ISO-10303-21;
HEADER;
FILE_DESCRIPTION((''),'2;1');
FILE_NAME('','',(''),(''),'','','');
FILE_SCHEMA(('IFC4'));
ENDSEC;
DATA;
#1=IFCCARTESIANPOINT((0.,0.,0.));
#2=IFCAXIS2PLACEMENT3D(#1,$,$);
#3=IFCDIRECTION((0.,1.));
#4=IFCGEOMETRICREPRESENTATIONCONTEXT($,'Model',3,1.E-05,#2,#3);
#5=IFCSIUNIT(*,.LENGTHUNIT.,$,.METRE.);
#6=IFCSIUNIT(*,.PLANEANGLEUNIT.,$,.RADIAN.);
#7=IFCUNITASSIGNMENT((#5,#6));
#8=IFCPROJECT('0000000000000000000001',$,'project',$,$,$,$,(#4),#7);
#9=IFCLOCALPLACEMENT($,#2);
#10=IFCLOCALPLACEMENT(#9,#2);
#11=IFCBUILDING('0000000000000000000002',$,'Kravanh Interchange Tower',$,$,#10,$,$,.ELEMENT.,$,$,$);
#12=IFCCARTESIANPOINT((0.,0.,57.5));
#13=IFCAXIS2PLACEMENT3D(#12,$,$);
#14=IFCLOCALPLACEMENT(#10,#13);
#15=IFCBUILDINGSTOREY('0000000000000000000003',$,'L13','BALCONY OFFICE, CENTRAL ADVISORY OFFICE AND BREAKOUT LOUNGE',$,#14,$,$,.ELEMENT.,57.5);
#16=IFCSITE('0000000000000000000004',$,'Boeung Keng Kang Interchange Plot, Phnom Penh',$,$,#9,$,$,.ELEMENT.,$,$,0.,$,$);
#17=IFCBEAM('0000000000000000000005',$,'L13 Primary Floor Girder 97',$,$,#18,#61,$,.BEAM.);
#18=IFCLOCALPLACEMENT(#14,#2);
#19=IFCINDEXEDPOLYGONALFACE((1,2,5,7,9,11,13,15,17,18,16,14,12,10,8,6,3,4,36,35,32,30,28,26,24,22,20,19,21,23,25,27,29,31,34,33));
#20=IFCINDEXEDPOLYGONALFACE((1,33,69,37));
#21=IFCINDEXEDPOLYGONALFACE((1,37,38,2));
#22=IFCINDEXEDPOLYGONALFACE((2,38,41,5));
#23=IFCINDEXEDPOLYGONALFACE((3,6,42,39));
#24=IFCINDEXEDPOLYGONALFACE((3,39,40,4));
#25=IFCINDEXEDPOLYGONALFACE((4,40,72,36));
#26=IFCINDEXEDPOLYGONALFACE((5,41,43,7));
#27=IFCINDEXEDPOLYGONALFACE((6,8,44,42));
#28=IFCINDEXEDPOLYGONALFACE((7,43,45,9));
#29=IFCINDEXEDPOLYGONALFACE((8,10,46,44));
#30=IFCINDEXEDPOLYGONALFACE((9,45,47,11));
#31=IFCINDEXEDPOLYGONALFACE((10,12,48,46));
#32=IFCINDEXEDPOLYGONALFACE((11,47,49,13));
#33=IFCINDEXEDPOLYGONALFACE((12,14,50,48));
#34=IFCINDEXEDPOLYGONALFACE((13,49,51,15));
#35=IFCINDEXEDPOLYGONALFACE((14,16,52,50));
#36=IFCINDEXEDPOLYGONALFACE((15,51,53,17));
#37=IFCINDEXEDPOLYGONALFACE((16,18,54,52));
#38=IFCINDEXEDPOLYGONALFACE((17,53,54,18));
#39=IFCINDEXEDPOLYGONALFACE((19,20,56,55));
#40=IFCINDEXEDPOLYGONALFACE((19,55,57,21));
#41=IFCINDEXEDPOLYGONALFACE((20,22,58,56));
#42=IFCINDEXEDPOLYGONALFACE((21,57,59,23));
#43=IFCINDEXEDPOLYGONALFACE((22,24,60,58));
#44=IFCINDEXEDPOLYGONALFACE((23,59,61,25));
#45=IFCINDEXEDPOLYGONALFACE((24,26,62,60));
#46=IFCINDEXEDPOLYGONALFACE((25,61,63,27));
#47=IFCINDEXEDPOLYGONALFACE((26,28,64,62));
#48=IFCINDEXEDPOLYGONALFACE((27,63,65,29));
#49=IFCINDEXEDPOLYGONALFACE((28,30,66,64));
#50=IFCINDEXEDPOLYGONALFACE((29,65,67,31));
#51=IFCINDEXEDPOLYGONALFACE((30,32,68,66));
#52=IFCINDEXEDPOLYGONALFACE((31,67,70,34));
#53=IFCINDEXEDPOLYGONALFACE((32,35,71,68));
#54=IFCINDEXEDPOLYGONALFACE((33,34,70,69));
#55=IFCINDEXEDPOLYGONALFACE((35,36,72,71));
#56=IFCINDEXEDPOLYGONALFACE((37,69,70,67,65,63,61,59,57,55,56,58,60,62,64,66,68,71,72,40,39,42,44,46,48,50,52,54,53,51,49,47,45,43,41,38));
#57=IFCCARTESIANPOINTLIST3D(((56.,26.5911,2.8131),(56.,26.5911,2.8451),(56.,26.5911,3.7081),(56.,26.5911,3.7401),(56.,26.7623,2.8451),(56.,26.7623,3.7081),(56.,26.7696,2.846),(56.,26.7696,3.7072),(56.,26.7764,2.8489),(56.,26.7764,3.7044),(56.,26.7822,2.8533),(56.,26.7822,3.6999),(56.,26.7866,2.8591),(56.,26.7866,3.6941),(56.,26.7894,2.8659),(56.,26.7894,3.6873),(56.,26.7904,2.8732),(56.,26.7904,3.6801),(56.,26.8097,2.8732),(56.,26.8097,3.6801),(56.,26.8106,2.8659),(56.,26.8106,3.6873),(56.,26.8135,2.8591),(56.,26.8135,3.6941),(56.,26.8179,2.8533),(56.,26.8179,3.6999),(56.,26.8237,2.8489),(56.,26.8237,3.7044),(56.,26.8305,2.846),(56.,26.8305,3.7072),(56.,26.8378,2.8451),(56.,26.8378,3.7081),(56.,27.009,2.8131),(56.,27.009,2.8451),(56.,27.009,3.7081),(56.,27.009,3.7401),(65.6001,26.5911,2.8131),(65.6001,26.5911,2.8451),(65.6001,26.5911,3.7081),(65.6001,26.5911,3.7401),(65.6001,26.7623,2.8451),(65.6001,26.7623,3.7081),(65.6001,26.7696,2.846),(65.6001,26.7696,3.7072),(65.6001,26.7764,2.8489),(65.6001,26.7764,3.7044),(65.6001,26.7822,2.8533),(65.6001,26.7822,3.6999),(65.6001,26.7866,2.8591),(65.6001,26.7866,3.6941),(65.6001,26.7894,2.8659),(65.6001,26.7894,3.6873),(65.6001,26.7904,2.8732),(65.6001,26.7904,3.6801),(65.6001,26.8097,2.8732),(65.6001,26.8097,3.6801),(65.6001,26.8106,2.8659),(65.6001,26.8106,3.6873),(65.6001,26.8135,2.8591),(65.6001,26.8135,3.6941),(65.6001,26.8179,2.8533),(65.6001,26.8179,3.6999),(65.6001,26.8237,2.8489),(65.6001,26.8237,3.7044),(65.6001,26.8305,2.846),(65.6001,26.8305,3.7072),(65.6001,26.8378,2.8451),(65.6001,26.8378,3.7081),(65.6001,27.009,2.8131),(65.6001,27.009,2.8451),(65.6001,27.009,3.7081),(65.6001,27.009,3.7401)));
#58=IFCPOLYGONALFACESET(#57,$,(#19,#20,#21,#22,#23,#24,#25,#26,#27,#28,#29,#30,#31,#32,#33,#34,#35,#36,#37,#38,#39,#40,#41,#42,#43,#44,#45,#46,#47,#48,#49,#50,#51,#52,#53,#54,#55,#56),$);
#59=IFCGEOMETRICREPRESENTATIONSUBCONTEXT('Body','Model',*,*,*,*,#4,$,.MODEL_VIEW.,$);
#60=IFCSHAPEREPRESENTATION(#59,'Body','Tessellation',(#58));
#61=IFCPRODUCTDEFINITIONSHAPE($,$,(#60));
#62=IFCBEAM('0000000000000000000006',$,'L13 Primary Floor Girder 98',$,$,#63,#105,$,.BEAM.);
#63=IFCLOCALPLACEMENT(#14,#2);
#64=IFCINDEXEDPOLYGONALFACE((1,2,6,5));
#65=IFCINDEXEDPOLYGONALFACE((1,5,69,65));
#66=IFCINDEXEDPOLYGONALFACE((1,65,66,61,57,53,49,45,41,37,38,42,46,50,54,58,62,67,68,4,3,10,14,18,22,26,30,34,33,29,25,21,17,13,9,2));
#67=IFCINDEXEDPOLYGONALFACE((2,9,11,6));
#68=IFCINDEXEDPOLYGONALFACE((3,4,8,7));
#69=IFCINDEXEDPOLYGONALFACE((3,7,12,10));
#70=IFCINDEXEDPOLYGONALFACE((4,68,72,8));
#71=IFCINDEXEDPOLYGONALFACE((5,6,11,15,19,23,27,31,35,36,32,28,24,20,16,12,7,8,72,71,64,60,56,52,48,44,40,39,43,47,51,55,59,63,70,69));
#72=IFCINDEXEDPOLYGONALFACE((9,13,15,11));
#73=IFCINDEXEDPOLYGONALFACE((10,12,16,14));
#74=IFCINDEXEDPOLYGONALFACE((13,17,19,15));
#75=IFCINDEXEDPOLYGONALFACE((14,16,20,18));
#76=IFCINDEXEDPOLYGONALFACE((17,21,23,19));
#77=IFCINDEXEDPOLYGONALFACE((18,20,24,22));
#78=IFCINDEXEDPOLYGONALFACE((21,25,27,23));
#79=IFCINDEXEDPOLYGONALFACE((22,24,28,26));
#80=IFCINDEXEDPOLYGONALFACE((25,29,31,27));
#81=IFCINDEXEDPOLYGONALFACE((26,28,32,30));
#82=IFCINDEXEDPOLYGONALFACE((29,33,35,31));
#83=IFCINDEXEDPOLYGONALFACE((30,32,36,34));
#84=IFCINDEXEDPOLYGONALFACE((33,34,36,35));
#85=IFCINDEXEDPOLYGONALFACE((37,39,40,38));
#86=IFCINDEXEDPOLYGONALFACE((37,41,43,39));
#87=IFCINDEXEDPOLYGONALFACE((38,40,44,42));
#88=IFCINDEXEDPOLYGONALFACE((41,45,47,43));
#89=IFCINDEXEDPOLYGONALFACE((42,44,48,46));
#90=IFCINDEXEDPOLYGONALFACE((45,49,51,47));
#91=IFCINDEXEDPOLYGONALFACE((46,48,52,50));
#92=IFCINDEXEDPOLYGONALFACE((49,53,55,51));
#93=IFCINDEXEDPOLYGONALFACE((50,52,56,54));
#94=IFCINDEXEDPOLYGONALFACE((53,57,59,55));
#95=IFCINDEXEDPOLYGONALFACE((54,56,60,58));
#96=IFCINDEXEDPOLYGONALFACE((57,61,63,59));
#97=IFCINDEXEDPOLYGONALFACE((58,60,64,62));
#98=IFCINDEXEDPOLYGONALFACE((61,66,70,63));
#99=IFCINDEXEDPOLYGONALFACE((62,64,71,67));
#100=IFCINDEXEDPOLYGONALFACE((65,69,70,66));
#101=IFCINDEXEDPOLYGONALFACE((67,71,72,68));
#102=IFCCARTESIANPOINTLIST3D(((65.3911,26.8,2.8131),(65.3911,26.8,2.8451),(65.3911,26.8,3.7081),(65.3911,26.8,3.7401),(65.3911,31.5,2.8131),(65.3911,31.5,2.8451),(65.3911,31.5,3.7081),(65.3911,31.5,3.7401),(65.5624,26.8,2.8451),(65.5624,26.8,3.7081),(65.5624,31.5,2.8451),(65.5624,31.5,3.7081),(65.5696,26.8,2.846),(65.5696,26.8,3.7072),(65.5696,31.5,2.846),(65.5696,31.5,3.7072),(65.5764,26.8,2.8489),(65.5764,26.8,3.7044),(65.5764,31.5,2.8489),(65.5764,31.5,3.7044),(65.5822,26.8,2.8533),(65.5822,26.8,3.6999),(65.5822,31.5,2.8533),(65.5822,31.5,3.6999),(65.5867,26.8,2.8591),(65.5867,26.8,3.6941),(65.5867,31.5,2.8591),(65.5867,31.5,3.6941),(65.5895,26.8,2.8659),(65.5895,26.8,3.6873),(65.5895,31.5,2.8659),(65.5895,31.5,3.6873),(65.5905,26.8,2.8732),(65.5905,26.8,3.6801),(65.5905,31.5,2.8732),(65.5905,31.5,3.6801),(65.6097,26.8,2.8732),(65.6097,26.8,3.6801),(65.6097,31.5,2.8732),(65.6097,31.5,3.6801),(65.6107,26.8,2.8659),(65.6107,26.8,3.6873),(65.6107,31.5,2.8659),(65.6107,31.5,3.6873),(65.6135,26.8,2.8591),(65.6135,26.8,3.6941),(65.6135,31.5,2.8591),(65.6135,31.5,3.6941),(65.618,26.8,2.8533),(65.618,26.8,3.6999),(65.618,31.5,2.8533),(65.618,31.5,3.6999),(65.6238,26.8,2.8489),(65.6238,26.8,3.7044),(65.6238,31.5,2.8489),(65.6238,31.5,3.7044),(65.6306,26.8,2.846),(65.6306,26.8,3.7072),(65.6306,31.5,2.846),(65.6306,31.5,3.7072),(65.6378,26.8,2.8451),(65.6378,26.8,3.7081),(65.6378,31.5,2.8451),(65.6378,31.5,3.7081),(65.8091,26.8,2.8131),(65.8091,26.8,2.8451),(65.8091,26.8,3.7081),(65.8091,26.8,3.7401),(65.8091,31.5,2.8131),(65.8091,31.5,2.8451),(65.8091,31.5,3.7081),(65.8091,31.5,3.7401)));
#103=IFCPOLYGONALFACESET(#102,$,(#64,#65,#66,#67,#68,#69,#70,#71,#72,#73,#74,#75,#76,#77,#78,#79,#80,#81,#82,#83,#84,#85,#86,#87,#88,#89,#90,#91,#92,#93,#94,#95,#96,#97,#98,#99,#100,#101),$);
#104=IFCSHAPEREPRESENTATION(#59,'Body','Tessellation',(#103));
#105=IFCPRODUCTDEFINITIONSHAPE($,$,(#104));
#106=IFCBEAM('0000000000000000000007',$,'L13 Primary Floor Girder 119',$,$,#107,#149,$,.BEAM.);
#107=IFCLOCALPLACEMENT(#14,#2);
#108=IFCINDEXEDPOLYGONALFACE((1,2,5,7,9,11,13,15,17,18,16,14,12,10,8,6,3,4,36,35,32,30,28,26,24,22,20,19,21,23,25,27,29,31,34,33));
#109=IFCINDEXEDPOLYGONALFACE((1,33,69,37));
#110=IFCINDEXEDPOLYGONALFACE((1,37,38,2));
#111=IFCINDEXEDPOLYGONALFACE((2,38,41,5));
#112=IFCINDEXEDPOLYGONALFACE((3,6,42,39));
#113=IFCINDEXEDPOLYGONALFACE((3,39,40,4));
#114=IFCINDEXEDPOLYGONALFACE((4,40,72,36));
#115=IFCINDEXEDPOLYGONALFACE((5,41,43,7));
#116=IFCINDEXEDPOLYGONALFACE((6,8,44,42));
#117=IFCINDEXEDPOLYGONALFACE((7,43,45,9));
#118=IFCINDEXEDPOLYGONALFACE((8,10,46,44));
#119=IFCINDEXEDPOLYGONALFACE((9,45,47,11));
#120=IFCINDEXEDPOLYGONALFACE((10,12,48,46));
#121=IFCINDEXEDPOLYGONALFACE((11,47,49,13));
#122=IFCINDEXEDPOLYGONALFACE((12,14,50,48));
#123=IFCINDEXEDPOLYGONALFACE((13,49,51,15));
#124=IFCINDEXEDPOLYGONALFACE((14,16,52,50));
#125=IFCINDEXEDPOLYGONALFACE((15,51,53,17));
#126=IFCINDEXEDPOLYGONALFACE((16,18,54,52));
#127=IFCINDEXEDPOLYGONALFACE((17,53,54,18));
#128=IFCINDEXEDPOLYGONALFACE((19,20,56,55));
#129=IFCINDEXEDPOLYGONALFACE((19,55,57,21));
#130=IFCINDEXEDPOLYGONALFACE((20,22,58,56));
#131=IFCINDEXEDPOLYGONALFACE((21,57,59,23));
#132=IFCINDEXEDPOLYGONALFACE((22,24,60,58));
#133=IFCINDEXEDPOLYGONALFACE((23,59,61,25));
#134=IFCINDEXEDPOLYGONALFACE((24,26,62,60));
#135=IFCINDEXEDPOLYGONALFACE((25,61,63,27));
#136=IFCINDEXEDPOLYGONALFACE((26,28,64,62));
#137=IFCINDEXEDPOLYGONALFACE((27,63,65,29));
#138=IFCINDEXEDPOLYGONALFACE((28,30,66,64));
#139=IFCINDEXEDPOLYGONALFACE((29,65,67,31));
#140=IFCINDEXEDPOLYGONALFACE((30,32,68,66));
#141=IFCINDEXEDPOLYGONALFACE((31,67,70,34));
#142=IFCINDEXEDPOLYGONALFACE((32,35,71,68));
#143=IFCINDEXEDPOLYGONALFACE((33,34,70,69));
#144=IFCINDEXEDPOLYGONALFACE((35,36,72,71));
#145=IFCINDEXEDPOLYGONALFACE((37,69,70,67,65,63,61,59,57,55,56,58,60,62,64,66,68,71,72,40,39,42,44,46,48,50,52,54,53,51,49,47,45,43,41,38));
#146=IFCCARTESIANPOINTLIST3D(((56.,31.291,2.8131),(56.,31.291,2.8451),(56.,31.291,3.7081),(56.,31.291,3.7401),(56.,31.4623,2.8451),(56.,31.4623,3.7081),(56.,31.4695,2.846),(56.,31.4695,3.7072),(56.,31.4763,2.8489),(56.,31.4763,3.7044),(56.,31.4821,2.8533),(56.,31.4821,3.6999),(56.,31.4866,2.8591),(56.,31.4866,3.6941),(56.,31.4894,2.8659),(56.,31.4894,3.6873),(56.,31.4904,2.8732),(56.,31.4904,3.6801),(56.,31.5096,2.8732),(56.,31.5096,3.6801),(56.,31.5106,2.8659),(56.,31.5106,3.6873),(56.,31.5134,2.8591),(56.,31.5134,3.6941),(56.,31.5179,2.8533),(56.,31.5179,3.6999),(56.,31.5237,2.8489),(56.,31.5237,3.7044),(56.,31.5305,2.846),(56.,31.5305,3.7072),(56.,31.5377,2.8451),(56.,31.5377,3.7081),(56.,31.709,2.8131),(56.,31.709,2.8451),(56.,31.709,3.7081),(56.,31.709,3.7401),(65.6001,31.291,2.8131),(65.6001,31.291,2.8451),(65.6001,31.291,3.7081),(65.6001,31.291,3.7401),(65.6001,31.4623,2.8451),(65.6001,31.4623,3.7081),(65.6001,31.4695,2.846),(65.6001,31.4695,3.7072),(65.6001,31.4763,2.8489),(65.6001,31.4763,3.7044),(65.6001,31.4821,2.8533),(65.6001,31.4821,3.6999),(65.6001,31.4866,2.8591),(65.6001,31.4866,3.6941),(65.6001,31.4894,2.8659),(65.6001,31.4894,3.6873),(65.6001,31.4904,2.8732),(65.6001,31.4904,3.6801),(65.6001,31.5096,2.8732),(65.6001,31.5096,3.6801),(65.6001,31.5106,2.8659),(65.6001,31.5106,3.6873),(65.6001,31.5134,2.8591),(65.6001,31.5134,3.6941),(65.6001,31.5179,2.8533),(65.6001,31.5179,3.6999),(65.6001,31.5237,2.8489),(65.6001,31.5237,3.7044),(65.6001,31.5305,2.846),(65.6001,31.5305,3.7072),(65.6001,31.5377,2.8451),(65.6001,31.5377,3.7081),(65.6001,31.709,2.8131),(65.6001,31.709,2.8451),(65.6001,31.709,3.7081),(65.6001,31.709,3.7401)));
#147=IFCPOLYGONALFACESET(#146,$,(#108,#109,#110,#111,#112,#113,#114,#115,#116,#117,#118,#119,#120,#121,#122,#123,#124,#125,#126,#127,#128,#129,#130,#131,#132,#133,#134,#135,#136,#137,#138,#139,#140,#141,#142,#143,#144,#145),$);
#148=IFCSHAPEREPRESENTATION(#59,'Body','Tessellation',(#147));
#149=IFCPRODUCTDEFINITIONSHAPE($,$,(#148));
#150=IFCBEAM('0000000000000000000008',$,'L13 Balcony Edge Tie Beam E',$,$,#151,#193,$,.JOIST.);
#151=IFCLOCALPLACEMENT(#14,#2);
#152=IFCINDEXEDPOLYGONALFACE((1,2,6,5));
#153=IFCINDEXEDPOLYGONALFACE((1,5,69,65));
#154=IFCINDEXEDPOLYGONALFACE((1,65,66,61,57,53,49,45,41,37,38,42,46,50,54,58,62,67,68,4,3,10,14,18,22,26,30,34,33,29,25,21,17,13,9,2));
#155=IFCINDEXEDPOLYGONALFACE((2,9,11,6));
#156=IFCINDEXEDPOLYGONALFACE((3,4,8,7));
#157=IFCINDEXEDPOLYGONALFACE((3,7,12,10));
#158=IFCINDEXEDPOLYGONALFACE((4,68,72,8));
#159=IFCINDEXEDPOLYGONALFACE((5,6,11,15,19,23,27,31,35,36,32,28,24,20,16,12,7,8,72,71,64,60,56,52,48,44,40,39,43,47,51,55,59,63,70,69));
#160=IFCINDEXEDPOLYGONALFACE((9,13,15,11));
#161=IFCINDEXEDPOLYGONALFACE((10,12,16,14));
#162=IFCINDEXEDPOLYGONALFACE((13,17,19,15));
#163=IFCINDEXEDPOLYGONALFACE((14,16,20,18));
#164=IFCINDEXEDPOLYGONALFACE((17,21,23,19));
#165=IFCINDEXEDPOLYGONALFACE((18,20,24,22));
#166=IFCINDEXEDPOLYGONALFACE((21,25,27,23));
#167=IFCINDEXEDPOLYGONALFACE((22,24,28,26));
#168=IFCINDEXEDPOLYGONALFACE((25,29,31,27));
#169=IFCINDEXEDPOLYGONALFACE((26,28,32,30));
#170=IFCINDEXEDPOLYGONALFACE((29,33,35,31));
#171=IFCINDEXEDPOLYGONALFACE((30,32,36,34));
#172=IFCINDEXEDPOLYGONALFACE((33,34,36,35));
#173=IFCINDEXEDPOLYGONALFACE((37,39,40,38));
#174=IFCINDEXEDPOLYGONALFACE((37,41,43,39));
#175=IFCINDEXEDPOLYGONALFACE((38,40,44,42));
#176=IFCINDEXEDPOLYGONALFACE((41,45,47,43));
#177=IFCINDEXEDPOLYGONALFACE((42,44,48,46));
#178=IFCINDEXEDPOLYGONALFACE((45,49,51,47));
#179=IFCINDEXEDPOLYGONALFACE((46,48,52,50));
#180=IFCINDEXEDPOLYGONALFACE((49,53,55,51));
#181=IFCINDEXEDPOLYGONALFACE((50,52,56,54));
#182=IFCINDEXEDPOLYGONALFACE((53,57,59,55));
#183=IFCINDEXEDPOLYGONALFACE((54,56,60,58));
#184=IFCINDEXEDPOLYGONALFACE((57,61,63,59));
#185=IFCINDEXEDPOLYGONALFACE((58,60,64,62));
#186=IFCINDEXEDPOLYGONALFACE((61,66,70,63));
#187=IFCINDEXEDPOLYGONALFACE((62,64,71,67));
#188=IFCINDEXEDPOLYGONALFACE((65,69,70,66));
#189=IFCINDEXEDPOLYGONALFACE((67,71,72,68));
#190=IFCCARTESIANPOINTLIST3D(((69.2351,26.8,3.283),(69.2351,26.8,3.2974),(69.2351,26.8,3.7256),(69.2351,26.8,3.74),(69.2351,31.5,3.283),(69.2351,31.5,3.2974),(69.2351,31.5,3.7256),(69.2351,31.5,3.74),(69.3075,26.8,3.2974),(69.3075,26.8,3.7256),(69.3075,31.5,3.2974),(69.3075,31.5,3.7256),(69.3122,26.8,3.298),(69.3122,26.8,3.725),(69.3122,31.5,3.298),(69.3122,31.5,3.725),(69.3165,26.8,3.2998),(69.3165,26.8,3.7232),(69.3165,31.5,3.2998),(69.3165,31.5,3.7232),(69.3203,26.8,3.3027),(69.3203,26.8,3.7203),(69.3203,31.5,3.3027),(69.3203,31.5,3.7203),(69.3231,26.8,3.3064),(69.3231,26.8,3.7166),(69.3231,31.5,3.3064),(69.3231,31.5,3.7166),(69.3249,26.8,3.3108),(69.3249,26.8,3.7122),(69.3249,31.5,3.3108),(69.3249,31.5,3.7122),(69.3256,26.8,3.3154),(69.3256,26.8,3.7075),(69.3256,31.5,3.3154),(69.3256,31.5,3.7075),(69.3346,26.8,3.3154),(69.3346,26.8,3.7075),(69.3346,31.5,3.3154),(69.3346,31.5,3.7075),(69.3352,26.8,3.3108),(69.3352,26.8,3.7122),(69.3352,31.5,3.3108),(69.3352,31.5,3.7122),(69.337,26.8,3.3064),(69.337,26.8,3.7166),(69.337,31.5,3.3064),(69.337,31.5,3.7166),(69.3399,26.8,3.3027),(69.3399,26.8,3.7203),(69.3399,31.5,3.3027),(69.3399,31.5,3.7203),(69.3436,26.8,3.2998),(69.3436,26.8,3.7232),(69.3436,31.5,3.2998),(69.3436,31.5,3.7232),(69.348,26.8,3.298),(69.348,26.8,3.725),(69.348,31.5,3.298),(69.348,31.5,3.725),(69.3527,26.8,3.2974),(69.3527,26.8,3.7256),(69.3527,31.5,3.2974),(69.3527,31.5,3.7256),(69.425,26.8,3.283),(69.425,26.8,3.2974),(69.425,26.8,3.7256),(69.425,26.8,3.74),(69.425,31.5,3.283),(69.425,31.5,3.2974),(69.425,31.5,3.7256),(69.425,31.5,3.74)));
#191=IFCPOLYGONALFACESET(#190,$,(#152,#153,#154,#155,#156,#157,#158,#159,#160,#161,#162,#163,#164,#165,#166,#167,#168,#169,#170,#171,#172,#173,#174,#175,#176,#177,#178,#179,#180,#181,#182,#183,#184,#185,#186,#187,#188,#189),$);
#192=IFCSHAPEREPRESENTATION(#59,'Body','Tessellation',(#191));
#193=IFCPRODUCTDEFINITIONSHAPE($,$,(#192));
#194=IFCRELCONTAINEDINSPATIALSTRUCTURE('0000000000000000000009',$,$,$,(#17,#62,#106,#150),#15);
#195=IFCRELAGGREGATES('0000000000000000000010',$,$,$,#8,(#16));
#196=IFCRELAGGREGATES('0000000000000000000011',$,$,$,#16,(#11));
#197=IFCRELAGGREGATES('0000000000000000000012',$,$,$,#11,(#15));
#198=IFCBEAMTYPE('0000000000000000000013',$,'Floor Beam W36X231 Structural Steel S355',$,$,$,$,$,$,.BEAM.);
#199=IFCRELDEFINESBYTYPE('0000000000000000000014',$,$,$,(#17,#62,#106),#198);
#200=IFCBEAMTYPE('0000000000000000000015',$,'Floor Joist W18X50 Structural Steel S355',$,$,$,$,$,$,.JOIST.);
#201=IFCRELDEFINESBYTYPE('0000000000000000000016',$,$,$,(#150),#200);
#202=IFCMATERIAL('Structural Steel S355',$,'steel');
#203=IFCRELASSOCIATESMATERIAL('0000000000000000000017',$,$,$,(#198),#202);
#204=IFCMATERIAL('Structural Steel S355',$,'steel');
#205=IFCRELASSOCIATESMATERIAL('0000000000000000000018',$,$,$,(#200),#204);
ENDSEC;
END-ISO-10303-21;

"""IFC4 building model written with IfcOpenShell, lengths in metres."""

from ifc_helpers import new_model, si_unit, direction, frame, origin, origin_2d, place, context, subcontext, project, spatial, i_section, extrude, material, material_profile, profile_set, type_object, element, save


model = new_model("IFC4")

# Units and contexts
model_context = context("Model", 3, precision=1e-05, world=origin(), true_north=direction((0.0, 1.0)))
body_context = subcontext(model_context, "Body", "Model", "MODEL_VIEW")
ifc_project = project(units=[si_unit("LENGTHUNIT", "METRE"), si_unit("PLANEANGLEUNIT", "RADIAN")], contexts=[model_context])

# Site, building, storey
site_placement = place(None, origin())
site = spatial("IfcSite", under=ifc_project, at=site_placement, Name="Boeung Keng Kang Interchange Plot, Phnom Penh", CompositionType="ELEMENT", RefElevation=0.0)
building_placement = place(site_placement, origin())
building = spatial("IfcBuilding", under=site, at=building_placement, Name="Kravanh Interchange Tower", CompositionType="ELEMENT")
storey_placement = place(building_placement, frame((0.0, 0.0, 57.5)))
storey = spatial("IfcBuildingStorey", under=building, at=storey_placement, Name="L13", Description="BALCONY OFFICE, CENTRAL ADVISORY OFFICE AND BREAKOUT LOUNGE", CompositionType="ELEMENT", Elevation=57.5)

# Beams
ifc_material_1 = material(Name="Structural Steel S355", Category="steel")
ifc_material_profile_1 = material_profile(ifc_material_1, i_section(OverallWidth=0.418, OverallDepth=0.927, WebThickness=0.0193, FlangeThickness=0.032, FilletRadius=0.0281, at=origin_2d()), Name="W36X231")
ifc_profile_set_1 = profile_set([ifc_material_profile_1], Name="Structural Steel S355")
beam_type_1 = type_object("IfcBeamType", Name="Floor Beam W36X231 Structural Steel S355", PredefinedType="BEAM", material=ifc_profile_set_1)
beam_1_placement = place(storey_placement, frame((56.0, 26.8, 3.2766), z_axis=(1.0, 0.0, 0.0), x_axis=(0.0, 1.0, 0.0)))
element("IfcBeam", 1, at=beam_1_placement, inside=storey, type_object=beam_type_1, Name="L13 Primary Floor Girder 97", PredefinedType="BEAM", context=body_context, shape_type="SweptSolid", body=[
    extrude(i_section(OverallWidth=0.418, OverallDepth=0.927, WebThickness=0.0193, FlangeThickness=0.032, FilletRadius=0.0281, at=origin_2d()), origin(), (0.0, 0.0, 1.0), 9.6001),
])
beam_2_placement = place(storey_placement, frame((65.6001, 26.8, 3.2766), z_axis=(0.0, 1.0, 0.0), x_axis=(-1.0, 0.0, 0.0)))
element("IfcBeam", 2, at=beam_2_placement, inside=storey, type_object=beam_type_1, Name="L13 Primary Floor Girder 98", PredefinedType="BEAM", context=body_context, shape_type="SweptSolid", body=[
    extrude(i_section(OverallWidth=0.418, OverallDepth=0.927, WebThickness=0.0193, FlangeThickness=0.032, FilletRadius=0.0281, at=origin_2d()), origin(), (0.0, 0.0, 1.0), 4.7),
])
beam_3_placement = place(storey_placement, frame((56.0, 31.5, 3.2766), z_axis=(1.0, 0.0, 0.0), x_axis=(0.0, 1.0, 0.0)))
element("IfcBeam", 3, at=beam_3_placement, inside=storey, type_object=beam_type_1, Name="L13 Primary Floor Girder 119", PredefinedType="BEAM", context=body_context, shape_type="SweptSolid", body=[
    extrude(i_section(OverallWidth=0.418, OverallDepth=0.927, WebThickness=0.0193, FlangeThickness=0.032, FilletRadius=0.0281, at=origin_2d()), origin(), (0.0, 0.0, 1.0), 9.6001),
])
ifc_material_2 = material(Name="Structural Steel S355", Category="steel")
ifc_material_profile_2 = material_profile(ifc_material_2, i_section(OverallWidth=0.1899, OverallDepth=0.457, WebThickness=0.009, FlangeThickness=0.0144, FilletRadius=0.0181, at=origin_2d()), Name="W18X50")
ifc_profile_set_2 = profile_set([ifc_material_profile_2], Name="Structural Steel S355")
beam_type_2 = type_object("IfcBeamType", Name="Floor Joist W18X50 Structural Steel S355", PredefinedType="JOIST", material=ifc_profile_set_2)
beam_4_placement = place(storey_placement, frame((69.3301, 26.8, 3.5115), z_axis=(0.0, 1.0, 0.0), x_axis=(-1.0, 0.0, 0.0)))
element("IfcBeam", 4, at=beam_4_placement, inside=storey, type_object=beam_type_2, Name="L13 Balcony Edge Tie Beam E", PredefinedType="JOIST", context=body_context, shape_type="SweptSolid", body=[
    extrude(i_section(OverallWidth=0.1899, OverallDepth=0.457, WebThickness=0.009, FlangeThickness=0.0144, FilletRadius=0.0181, at=origin_2d()), origin(), (0.0, 0.0, 1.0), 4.7),
])

save(model, "model.ifc")
